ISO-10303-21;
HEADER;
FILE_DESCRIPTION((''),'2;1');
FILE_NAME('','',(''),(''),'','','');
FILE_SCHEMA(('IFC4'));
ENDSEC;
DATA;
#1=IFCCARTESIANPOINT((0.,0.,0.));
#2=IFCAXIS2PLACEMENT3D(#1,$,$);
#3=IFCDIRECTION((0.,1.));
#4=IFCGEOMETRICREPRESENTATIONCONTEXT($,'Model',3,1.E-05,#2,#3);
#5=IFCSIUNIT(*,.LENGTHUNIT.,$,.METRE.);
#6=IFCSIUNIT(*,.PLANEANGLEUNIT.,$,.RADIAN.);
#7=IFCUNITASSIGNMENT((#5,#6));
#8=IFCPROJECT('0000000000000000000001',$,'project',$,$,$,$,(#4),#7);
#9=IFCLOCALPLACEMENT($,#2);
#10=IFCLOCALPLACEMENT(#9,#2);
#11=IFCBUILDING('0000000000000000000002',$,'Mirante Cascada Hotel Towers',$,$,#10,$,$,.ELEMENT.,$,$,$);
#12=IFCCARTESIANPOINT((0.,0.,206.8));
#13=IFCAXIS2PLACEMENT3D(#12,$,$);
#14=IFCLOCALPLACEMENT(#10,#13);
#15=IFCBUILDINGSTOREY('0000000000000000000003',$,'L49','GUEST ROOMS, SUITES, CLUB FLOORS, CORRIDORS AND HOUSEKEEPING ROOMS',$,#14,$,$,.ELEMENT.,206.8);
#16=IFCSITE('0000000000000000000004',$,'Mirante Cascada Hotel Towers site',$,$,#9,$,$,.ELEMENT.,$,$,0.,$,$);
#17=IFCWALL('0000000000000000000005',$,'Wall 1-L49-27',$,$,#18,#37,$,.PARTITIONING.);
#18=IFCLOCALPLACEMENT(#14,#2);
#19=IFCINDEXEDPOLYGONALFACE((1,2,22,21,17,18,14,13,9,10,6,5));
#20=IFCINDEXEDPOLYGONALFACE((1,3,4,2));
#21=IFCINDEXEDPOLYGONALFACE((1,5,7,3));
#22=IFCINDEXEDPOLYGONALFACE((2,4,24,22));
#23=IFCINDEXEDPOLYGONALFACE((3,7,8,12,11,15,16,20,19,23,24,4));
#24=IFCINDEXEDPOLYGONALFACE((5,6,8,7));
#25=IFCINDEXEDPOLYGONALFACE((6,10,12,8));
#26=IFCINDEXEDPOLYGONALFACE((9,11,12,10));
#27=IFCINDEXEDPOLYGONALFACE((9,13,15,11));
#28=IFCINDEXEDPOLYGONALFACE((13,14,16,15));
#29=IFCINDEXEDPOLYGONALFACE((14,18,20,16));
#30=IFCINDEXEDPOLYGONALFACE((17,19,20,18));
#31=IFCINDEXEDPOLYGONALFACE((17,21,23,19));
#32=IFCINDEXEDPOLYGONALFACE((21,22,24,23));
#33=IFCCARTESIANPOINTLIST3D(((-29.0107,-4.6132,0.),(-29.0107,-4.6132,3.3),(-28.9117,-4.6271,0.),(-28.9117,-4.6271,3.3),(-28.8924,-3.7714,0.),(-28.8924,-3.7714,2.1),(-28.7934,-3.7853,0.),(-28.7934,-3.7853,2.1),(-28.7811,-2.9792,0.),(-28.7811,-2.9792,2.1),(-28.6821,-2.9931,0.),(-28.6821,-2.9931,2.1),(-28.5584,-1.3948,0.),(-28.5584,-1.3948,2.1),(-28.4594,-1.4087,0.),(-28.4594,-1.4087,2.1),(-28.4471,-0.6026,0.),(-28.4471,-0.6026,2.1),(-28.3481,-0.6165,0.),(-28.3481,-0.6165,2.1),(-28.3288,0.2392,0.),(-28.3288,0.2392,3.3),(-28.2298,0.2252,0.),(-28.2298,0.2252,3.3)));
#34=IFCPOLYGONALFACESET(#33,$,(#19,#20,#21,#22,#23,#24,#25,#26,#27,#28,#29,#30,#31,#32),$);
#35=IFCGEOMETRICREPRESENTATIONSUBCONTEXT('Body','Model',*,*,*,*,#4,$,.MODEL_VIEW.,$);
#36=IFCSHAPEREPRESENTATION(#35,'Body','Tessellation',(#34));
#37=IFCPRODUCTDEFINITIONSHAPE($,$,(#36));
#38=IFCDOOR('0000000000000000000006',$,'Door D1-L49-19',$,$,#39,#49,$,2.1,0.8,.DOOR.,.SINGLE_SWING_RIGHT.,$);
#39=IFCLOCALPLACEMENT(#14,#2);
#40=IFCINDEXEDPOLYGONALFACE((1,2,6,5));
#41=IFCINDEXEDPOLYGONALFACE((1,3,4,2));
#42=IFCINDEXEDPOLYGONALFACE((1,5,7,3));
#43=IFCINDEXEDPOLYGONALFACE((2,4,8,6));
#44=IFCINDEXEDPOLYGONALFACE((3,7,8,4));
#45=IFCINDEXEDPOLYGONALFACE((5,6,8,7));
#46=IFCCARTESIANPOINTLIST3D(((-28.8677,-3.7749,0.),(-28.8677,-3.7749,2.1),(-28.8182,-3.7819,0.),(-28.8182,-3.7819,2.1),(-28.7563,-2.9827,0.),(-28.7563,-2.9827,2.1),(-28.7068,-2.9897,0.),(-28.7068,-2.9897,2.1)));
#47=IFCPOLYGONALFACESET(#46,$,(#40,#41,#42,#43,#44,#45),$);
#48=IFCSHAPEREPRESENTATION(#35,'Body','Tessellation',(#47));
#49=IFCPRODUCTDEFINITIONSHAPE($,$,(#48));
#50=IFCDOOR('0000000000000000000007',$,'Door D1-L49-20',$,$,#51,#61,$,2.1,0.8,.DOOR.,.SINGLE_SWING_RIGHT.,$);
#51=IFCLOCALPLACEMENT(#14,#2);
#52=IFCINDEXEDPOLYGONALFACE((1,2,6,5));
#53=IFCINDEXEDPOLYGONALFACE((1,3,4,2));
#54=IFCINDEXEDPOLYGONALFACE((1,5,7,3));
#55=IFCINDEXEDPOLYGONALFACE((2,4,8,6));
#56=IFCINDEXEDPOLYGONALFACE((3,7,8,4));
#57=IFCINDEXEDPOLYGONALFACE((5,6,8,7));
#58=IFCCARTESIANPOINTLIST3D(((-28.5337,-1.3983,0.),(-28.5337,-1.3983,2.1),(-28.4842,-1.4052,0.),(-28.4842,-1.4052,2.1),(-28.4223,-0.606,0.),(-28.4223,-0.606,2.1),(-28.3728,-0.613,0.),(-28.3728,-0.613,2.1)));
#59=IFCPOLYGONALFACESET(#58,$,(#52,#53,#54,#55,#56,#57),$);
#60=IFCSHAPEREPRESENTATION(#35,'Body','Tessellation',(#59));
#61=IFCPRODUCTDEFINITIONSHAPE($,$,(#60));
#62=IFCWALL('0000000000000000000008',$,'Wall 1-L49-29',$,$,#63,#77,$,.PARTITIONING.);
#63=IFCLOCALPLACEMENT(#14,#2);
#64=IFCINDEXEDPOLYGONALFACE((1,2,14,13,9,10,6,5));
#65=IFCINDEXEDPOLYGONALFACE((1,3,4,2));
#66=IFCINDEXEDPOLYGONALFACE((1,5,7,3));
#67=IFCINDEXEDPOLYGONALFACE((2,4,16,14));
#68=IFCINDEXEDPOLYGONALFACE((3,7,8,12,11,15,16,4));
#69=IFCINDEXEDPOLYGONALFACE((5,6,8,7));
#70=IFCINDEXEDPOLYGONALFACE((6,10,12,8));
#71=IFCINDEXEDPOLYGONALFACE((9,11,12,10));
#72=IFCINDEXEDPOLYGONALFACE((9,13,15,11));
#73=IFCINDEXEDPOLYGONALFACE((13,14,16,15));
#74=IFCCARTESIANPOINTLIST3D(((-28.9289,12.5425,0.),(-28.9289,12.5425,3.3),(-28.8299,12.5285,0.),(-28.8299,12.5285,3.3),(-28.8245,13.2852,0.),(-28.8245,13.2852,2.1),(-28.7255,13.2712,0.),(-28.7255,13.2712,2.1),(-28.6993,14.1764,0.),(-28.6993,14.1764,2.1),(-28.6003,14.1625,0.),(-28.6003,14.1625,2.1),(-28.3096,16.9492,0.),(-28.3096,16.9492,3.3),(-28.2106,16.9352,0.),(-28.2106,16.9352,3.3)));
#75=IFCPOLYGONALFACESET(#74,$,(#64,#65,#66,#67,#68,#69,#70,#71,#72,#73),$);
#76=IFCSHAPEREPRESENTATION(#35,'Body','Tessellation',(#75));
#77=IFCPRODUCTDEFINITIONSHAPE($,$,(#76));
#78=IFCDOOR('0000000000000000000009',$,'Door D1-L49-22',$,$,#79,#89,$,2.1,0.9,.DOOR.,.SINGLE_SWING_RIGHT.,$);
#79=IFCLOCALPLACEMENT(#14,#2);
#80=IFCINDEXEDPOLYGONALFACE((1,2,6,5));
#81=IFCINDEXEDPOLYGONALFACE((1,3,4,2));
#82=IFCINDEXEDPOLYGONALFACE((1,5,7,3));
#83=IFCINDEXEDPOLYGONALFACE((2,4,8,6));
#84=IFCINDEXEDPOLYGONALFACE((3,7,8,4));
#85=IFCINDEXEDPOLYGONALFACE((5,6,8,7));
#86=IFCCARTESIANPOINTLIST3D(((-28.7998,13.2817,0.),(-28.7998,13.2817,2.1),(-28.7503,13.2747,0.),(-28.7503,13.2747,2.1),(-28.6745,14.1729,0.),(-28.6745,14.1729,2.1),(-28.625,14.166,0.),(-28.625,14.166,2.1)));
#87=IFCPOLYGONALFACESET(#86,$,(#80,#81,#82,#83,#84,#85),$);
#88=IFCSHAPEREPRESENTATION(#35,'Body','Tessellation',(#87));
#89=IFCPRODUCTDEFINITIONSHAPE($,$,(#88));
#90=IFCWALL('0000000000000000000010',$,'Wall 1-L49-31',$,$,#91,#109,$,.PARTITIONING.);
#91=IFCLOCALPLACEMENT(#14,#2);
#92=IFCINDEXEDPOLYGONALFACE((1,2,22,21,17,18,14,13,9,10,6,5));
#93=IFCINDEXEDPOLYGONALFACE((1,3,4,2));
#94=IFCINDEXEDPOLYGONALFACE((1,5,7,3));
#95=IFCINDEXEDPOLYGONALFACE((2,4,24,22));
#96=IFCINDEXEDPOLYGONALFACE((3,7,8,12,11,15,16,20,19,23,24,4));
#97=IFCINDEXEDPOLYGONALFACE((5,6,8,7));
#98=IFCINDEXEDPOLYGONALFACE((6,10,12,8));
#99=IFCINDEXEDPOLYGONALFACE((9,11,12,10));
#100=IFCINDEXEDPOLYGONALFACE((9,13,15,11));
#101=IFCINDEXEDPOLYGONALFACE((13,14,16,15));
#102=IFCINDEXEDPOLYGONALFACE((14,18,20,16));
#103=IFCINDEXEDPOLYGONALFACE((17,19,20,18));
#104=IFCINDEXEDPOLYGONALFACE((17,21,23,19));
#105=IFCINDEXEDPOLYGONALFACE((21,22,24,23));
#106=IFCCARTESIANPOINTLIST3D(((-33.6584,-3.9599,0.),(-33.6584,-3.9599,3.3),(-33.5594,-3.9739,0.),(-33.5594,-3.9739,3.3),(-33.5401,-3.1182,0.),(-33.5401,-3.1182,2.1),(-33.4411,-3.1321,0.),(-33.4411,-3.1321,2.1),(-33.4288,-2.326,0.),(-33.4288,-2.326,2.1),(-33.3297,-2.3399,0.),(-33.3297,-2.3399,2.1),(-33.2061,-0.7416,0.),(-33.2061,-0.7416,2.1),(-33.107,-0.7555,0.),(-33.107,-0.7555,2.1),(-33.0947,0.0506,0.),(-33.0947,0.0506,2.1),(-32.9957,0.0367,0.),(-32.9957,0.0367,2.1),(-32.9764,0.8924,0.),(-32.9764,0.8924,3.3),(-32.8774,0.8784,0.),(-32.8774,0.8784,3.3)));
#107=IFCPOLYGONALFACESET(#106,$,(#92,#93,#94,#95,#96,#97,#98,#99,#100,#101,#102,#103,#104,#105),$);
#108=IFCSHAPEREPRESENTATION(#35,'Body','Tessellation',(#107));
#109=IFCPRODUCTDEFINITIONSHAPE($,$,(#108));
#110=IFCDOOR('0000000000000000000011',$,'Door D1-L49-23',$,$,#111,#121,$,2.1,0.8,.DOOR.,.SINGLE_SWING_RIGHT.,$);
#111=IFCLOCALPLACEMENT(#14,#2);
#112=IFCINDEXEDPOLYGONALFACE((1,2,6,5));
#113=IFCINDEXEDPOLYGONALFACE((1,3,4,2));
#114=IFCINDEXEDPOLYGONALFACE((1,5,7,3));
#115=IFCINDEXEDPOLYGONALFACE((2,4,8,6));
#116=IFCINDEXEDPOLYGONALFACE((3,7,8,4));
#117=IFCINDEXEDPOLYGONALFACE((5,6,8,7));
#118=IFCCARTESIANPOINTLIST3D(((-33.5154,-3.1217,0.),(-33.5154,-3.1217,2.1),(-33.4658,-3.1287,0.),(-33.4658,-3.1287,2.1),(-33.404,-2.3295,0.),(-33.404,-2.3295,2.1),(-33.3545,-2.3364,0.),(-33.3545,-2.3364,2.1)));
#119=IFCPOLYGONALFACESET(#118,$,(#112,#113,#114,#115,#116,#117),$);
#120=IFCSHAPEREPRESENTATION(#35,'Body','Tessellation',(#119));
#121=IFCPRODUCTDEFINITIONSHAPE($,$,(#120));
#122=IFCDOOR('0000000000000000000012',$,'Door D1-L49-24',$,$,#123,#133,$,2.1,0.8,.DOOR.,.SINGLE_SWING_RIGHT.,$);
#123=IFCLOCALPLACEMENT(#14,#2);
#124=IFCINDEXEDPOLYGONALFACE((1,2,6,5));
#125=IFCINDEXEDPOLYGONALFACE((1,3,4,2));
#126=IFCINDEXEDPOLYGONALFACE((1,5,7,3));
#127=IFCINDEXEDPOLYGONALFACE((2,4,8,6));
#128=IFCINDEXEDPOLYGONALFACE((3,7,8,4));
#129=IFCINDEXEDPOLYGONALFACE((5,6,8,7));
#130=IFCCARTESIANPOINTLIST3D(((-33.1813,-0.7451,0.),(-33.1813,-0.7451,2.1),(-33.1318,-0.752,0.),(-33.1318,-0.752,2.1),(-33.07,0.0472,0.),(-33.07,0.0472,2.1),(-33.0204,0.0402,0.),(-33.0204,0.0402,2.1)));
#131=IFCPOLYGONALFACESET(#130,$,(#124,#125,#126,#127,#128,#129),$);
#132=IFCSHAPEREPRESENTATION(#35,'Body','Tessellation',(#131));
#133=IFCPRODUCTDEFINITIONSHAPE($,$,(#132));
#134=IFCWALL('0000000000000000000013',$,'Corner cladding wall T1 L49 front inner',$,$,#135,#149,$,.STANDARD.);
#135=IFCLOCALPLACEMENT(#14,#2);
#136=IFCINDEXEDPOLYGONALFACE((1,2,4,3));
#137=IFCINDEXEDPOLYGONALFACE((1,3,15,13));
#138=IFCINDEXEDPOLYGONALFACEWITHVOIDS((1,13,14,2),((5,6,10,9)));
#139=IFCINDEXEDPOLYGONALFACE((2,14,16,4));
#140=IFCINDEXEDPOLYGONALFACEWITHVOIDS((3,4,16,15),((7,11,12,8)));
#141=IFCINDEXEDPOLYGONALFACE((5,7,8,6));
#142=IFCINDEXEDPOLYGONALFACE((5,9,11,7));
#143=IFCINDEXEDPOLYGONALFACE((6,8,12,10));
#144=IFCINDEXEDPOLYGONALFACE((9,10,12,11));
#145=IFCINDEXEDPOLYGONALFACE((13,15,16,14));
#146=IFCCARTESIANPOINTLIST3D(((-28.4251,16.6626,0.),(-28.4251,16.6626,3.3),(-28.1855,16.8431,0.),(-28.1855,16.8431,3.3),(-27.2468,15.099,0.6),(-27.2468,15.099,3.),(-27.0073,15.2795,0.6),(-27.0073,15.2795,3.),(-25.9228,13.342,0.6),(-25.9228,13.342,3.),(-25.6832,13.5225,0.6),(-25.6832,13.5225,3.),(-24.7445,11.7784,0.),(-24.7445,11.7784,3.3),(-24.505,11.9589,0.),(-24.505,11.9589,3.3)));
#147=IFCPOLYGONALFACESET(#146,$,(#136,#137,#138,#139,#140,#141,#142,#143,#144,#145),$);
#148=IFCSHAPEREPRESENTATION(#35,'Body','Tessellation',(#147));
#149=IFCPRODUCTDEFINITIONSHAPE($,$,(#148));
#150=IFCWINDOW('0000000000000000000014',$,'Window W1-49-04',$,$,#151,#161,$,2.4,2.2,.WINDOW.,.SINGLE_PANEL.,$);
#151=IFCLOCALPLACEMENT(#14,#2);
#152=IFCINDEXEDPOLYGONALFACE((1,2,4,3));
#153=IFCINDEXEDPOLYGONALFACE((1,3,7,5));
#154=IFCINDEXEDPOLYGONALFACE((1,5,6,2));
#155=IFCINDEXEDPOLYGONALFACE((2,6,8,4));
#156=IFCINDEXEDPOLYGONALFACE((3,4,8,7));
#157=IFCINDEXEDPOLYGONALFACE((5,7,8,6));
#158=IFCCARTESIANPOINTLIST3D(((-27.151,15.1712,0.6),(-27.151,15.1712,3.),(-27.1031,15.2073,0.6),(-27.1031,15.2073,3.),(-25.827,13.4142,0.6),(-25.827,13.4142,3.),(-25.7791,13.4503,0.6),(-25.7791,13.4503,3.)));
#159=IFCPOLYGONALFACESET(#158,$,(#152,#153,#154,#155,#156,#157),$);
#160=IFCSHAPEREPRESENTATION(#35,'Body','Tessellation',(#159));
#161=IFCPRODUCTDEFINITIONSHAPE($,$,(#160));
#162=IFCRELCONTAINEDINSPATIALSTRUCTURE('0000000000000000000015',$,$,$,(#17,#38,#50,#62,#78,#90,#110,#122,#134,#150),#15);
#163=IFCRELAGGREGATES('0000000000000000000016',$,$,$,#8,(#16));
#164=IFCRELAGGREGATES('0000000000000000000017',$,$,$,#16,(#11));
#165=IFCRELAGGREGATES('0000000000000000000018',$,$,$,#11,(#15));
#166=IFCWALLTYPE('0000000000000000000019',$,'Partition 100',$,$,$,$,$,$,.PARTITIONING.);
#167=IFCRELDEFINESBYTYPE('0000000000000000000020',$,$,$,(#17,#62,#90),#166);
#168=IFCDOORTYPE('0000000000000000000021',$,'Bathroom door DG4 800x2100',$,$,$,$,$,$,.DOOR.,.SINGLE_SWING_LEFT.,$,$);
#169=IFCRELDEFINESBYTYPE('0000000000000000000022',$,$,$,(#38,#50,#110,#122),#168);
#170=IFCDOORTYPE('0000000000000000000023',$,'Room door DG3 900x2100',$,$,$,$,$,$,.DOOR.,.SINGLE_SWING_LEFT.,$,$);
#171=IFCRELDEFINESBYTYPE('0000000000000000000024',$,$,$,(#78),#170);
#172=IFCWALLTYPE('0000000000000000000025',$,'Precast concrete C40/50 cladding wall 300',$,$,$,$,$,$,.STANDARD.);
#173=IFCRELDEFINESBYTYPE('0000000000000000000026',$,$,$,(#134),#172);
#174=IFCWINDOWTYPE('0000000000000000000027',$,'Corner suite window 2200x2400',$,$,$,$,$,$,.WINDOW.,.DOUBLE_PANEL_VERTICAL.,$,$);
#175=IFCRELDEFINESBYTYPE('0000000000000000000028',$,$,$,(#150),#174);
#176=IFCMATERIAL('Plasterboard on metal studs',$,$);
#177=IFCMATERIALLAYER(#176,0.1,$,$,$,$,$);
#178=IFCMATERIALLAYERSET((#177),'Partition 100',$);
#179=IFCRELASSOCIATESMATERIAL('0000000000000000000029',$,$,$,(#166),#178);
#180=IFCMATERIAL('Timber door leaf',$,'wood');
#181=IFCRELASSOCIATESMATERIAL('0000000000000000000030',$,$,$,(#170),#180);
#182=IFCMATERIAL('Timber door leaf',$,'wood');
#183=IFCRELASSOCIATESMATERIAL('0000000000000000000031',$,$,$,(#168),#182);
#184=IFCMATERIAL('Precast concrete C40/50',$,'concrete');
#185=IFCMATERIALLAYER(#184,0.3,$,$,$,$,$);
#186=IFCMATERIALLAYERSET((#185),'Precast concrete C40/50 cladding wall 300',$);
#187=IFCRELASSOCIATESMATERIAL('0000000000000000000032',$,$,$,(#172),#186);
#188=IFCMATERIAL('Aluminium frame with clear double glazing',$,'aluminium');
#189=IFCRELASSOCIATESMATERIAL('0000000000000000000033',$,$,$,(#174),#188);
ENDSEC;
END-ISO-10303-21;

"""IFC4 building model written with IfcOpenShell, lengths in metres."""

from ifc_helpers import new_model, si_unit, direction, frame, frame_2d, origin, place, context, subcontext, project, spatial, rectangle, extrude, material, layer, layer_set, type_object, element, fill, save


model = new_model("IFC4")

# Units and contexts
model_context = context("Model", 3, precision=1e-05, world=origin(), true_north=direction((0.0, 1.0)))
body_context = subcontext(model_context, "Body", "Model", "MODEL_VIEW")
ifc_project = project(units=[si_unit("LENGTHUNIT", "METRE"), si_unit("PLANEANGLEUNIT", "RADIAN")], contexts=[model_context])

# Site, building, storey
site_placement = place(None, origin())
site = spatial("IfcSite", under=ifc_project, at=site_placement, Name="Mirante Cascada Hotel Towers site", CompositionType="ELEMENT", RefElevation=0.0)
building_placement = place(site_placement, origin())
building = spatial("IfcBuilding", under=site, at=building_placement, Name="Mirante Cascada Hotel Towers", CompositionType="ELEMENT")
storey_placement = place(building_placement, frame((0.0, 0.0, 206.8)))
storey = spatial("IfcBuildingStorey", under=building, at=storey_placement, Name="L49", Description="GUEST ROOMS, SUITES, CLUB FLOORS, CORRIDORS AND HOUSEKEEPING ROOMS", CompositionType="ELEMENT", Elevation=206.8)

# Shared definitions
ifc_material_1 = material(Name="Plasterboard on metal studs")
ifc_layer_1 = layer(ifc_material_1, 0.1)
ifc_layer_set_1 = layer_set([ifc_layer_1], Name="Partition 100")
wall_type_1 = type_object("IfcWallType", Name="Partition 100", PredefinedType="PARTITIONING", material=ifc_layer_set_1)

# Shared definitions
ifc_material_2 = material(Name="Timber door leaf", Category="wood")
door_type_1 = type_object("IfcDoorType", Name="Room door DG3 900x2100", OperationType="SINGLE_SWING_LEFT", PredefinedType="DOOR", material=ifc_material_2)

# Wall, openings, doors
wall_1_placement = place(storey_placement, frame((-28.2793, 0.2322, 0.0), z_axis=(0.0, 0.0, 1.0), x_axis=(-0.139164, -0.990269, 0.0)))
wall_1 = element("IfcWall", 1, at=wall_1_placement, inside=storey, type_object=wall_type_1, Name="Wall 1-L49-27", PredefinedType="PARTITIONING", context=body_context, shape_type="SweptSolid", body=[
    extrude(rectangle(XDim=4.9, YDim=0.1, at=frame_2d((2.45, 0.0))), origin(), (0.0, 0.0, 1.0), 3.3),
])
opening_1_placement = place(wall_1_placement, frame((3.25, 0.0, 0.0)))
opening_1 = element("IfcOpeningElement", 2, at=opening_1_placement, cuts=wall_1, PredefinedType="OPENING", context=body_context, shape_type="SweptSolid", body=[
    extrude(rectangle(XDim=0.8, YDim=2.1, at=frame_2d((0.4, 1.05))), frame((0.0, 0.05, 0.0), z_axis=(0.0, -1.0, 0.0), x_axis=(1.0, 0.0, 0.0)), (0.0, 0.0, 1.0), 0.1),
])
opening_2_placement = place(wall_1_placement, frame((0.85, 0.0, 0.0)))
opening_2 = element("IfcOpeningElement", 3, at=opening_2_placement, cuts=wall_1, PredefinedType="OPENING", context=body_context, shape_type="SweptSolid", body=[
    extrude(rectangle(XDim=0.8, YDim=2.1, at=frame_2d((0.4, 1.05))), frame((0.0, 0.05, 0.0), z_axis=(0.0, -1.0, 0.0), x_axis=(1.0, 0.0, 0.0)), (0.0, 0.0, 1.0), 0.1),
])
ifc_material_3 = material(Name="Timber door leaf", Category="wood")
door_type_2 = type_object("IfcDoorType", Name="Bathroom door DG4 800x2100", OperationType="SINGLE_SWING_LEFT", PredefinedType="DOOR", material=ifc_material_3)
door_1_placement = place(opening_1_placement, frame((0.8, 0.0, 0.0), z_axis=(0.0, 0.0, 1.0), x_axis=(-1.0, 0.0, 0.0)))
door_1 = element("IfcDoor", 4, at=door_1_placement, inside=storey, type_object=door_type_2, Name="Door D1-L49-19", OperationType="SINGLE_SWING_RIGHT", OverallHeight=2.1, OverallWidth=0.8, PredefinedType="DOOR", context=body_context, shape_type="SweptSolid", body=[
    extrude(rectangle(XDim=0.8, YDim=2.1, at=frame_2d((0.4, 1.05))), frame((0.0, 0.025, 0.0), z_axis=(0.0, -1.0, 0.0), x_axis=(1.0, 0.0, 0.0)), (0.0, 0.0, 1.0), 0.05),
])
fill(opening_1, door_1)
door_2_placement = place(opening_2_placement, frame((0.8, 0.0, 0.0), z_axis=(0.0, 0.0, 1.0), x_axis=(-1.0, 0.0, 0.0)))
door_2 = element("IfcDoor", 5, at=door_2_placement, inside=storey, type_object=door_type_2, Name="Door D1-L49-20", OperationType="SINGLE_SWING_RIGHT", OverallHeight=2.1, OverallWidth=0.8, PredefinedType="DOOR", context=body_context, shape_type="SweptSolid", body=[
    extrude(rectangle(XDim=0.8, YDim=2.1, at=frame_2d((0.4, 1.05))), frame((0.0, 0.025, 0.0), z_axis=(0.0, -1.0, 0.0), x_axis=(1.0, 0.0, 0.0)), (0.0, 0.0, 1.0), 0.05),
])
fill(opening_2, door_2)

# Wall, opening, door
wall_2_placement = place(storey_placement, frame((-28.2601, 16.9422, 0.0), z_axis=(0.0, 0.0, 1.0), x_axis=(-0.139168, -0.990269, 0.0)))
wall_2 = element("IfcWall", 6, at=wall_2_placement, inside=storey, type_object=wall_type_1, Name="Wall 1-L49-29", PredefinedType="PARTITIONING", context=body_context, shape_type="SweptSolid", body=[
    extrude(rectangle(XDim=4.45, YDim=0.1, at=frame_2d((2.225, 0.0))), origin(), (0.0, 0.0, 1.0), 3.3),
])
opening_3_placement = place(wall_2_placement, frame((2.8, 0.0, 0.0)))
opening_3 = element("IfcOpeningElement", 7, at=opening_3_placement, cuts=wall_2, PredefinedType="OPENING", context=body_context, shape_type="SweptSolid", body=[
    extrude(rectangle(XDim=0.9, YDim=2.1, at=frame_2d((0.45, 1.05))), frame((0.0, 0.05, 0.0), z_axis=(0.0, -1.0, 0.0), x_axis=(1.0, 0.0, 0.0)), (0.0, 0.0, 1.0), 0.1),
])
door_3_placement = place(opening_3_placement, frame((0.9, 0.0, 0.0), z_axis=(0.0, 0.0, 1.0), x_axis=(-1.0, 0.0, 0.0)))
door_3 = element("IfcDoor", 8, at=door_3_placement, inside=storey, type_object=door_type_1, Name="Door D1-L49-22", OperationType="SINGLE_SWING_RIGHT", OverallHeight=2.1, OverallWidth=0.9, PredefinedType="DOOR", context=body_context, shape_type="SweptSolid", body=[
    extrude(rectangle(XDim=0.9, YDim=2.1, at=frame_2d((0.45, 1.05))), frame((0.0, 0.025, 0.0), z_axis=(0.0, -1.0, 0.0), x_axis=(1.0, 0.0, 0.0)), (0.0, 0.0, 1.0), 0.05),
])
fill(opening_3, door_3)

# Wall, openings, doors
wall_3_placement = place(storey_placement, frame((-32.9269, 0.8854, 0.0), z_axis=(0.0, 0.0, 1.0), x_axis=(-0.139184, -0.990267, 0.0)))
wall_3 = element("IfcWall", 9, at=wall_3_placement, inside=storey, type_object=wall_type_1, Name="Wall 1-L49-31", PredefinedType="PARTITIONING", context=body_context, shape_type="SweptSolid", body=[
    extrude(rectangle(XDim=4.9, YDim=0.1, at=frame_2d((2.45, 0.0))), origin(), (0.0, 0.0, 1.0), 3.3),
])
opening_4_placement = place(wall_3_placement, frame((3.25, 0.0, 0.0)))
opening_4 = element("IfcOpeningElement", 10, at=opening_4_placement, cuts=wall_3, PredefinedType="OPENING", context=body_context, shape_type="SweptSolid", body=[
    extrude(rectangle(XDim=0.8, YDim=2.1, at=frame_2d((0.4, 1.05))), frame((0.0, 0.05, 0.0), z_axis=(0.0, -1.0, 0.0), x_axis=(1.0, 0.0, 0.0)), (0.0, 0.0, 1.0), 0.1),
])
opening_5_placement = place(wall_3_placement, frame((0.85, 0.0, 0.0)))
opening_5 = element("IfcOpeningElement", 11, at=opening_5_placement, cuts=wall_3, PredefinedType="OPENING", context=body_context, shape_type="SweptSolid", body=[
    extrude(rectangle(XDim=0.8, YDim=2.1, at=frame_2d((0.4, 1.05))), frame((0.0, 0.05, 0.0), z_axis=(0.0, -1.0, 0.0), x_axis=(1.0, 0.0, 0.0)), (0.0, 0.0, 1.0), 0.1),
])
door_4_placement = place(opening_4_placement, frame((0.8, 0.0, 0.0), z_axis=(0.0, 0.0, 1.0), x_axis=(-1.0, 0.0, 0.0)))
door_4 = element("IfcDoor", 12, at=door_4_placement, inside=storey, type_object=door_type_2, Name="Door D1-L49-23", OperationType="SINGLE_SWING_RIGHT", OverallHeight=2.1, OverallWidth=0.8, PredefinedType="DOOR", context=body_context, shape_type="SweptSolid", body=[
    extrude(rectangle(XDim=0.8, YDim=2.1, at=frame_2d((0.4, 1.05))), frame((0.0, 0.025, 0.0), z_axis=(0.0, -1.0, 0.0), x_axis=(1.0, 0.0, 0.0)), (0.0, 0.0, 1.0), 0.05),
])
fill(opening_4, door_4)
door_5_placement = place(opening_5_placement, frame((0.8, 0.0, 0.0), z_axis=(0.0, 0.0, 1.0), x_axis=(-1.0, 0.0, 0.0)))
door_5 = element("IfcDoor", 13, at=door_5_placement, inside=storey, type_object=door_type_2, Name="Door D1-L49-24", OperationType="SINGLE_SWING_RIGHT", OverallHeight=2.1, OverallWidth=0.8, PredefinedType="DOOR", context=body_context, shape_type="SweptSolid", body=[
    extrude(rectangle(XDim=0.8, YDim=2.1, at=frame_2d((0.4, 1.05))), frame((0.0, 0.025, 0.0), z_axis=(0.0, -1.0, 0.0), x_axis=(1.0, 0.0, 0.0)), (0.0, 0.0, 1.0), 0.05),
])
fill(opening_5, door_5)

# Wall, opening, window
ifc_material_4 = material(Name="Precast concrete C40/50", Category="concrete")
ifc_layer_2 = layer(ifc_material_4, 0.3)
ifc_layer_set_2 = layer_set([ifc_layer_2], Name="Precast concrete C40/50 cladding wall 300")
wall_type_2 = type_object("IfcWallType", Name="Precast concrete C40/50 cladding wall 300", PredefinedType="STANDARD", material=ifc_layer_set_2)
wall_4_placement = place(storey_placement, frame((-28.3053, 16.7528, 0.0), z_axis=(0.0, 0.0, 1.0), x_axis=(0.601824, -0.798628, 0.0)))
wall_4 = element("IfcWall", 14, at=wall_4_placement, inside=storey, type_object=wall_type_2, Name="Corner cladding wall T1 L49 front inner", PredefinedType="STANDARD", context=body_context, shape_type="SweptSolid", body=[
    extrude(rectangle(XDim=6.1157, YDim=0.3, at=frame_2d((3.0578, 0.0))), origin(), (0.0, 0.0, 1.0), 3.3),
])
opening_6_placement = place(wall_4_placement, frame((1.9578, 0.0, 0.6)))
opening_6 = element("IfcOpeningElement", 15, at=opening_6_placement, cuts=wall_4, PredefinedType="OPENING", context=body_context, shape_type="SweptSolid", body=[
    extrude(rectangle(XDim=2.2, YDim=2.4, at=frame_2d((1.1, 1.2))), frame((0.0, 0.15, 0.0), z_axis=(0.0, -1.0, 0.0), x_axis=(1.0, 0.0, 0.0)), (0.0, 0.0, 1.0), 0.3),
])
ifc_material_5 = material(Name="Aluminium frame with clear double glazing", Category="aluminium")
window_type = type_object("IfcWindowType", Name="Corner suite window 2200x2400", PartitioningType="DOUBLE_PANEL_VERTICAL", PredefinedType="WINDOW", material=ifc_material_5)
window_placement = place(opening_6_placement, origin())
window = element("IfcWindow", 16, at=window_placement, inside=storey, type_object=window_type, Name="Window W1-49-04", OverallHeight=2.4, OverallWidth=2.2, PartitioningType="SINGLE_PANEL", PredefinedType="WINDOW", context=body_context, shape_type="SweptSolid", body=[
    extrude(rectangle(XDim=2.2, YDim=2.4, at=frame_2d((1.1, 1.2))), frame((0.0, 0.03, 0.0), z_axis=(0.0, -1.0, 0.0), x_axis=(1.0, 0.0, 0.0)), (0.0, 0.0, 1.0), 0.06),
])
fill(opening_6, window)

save(model, "model.ifc")
